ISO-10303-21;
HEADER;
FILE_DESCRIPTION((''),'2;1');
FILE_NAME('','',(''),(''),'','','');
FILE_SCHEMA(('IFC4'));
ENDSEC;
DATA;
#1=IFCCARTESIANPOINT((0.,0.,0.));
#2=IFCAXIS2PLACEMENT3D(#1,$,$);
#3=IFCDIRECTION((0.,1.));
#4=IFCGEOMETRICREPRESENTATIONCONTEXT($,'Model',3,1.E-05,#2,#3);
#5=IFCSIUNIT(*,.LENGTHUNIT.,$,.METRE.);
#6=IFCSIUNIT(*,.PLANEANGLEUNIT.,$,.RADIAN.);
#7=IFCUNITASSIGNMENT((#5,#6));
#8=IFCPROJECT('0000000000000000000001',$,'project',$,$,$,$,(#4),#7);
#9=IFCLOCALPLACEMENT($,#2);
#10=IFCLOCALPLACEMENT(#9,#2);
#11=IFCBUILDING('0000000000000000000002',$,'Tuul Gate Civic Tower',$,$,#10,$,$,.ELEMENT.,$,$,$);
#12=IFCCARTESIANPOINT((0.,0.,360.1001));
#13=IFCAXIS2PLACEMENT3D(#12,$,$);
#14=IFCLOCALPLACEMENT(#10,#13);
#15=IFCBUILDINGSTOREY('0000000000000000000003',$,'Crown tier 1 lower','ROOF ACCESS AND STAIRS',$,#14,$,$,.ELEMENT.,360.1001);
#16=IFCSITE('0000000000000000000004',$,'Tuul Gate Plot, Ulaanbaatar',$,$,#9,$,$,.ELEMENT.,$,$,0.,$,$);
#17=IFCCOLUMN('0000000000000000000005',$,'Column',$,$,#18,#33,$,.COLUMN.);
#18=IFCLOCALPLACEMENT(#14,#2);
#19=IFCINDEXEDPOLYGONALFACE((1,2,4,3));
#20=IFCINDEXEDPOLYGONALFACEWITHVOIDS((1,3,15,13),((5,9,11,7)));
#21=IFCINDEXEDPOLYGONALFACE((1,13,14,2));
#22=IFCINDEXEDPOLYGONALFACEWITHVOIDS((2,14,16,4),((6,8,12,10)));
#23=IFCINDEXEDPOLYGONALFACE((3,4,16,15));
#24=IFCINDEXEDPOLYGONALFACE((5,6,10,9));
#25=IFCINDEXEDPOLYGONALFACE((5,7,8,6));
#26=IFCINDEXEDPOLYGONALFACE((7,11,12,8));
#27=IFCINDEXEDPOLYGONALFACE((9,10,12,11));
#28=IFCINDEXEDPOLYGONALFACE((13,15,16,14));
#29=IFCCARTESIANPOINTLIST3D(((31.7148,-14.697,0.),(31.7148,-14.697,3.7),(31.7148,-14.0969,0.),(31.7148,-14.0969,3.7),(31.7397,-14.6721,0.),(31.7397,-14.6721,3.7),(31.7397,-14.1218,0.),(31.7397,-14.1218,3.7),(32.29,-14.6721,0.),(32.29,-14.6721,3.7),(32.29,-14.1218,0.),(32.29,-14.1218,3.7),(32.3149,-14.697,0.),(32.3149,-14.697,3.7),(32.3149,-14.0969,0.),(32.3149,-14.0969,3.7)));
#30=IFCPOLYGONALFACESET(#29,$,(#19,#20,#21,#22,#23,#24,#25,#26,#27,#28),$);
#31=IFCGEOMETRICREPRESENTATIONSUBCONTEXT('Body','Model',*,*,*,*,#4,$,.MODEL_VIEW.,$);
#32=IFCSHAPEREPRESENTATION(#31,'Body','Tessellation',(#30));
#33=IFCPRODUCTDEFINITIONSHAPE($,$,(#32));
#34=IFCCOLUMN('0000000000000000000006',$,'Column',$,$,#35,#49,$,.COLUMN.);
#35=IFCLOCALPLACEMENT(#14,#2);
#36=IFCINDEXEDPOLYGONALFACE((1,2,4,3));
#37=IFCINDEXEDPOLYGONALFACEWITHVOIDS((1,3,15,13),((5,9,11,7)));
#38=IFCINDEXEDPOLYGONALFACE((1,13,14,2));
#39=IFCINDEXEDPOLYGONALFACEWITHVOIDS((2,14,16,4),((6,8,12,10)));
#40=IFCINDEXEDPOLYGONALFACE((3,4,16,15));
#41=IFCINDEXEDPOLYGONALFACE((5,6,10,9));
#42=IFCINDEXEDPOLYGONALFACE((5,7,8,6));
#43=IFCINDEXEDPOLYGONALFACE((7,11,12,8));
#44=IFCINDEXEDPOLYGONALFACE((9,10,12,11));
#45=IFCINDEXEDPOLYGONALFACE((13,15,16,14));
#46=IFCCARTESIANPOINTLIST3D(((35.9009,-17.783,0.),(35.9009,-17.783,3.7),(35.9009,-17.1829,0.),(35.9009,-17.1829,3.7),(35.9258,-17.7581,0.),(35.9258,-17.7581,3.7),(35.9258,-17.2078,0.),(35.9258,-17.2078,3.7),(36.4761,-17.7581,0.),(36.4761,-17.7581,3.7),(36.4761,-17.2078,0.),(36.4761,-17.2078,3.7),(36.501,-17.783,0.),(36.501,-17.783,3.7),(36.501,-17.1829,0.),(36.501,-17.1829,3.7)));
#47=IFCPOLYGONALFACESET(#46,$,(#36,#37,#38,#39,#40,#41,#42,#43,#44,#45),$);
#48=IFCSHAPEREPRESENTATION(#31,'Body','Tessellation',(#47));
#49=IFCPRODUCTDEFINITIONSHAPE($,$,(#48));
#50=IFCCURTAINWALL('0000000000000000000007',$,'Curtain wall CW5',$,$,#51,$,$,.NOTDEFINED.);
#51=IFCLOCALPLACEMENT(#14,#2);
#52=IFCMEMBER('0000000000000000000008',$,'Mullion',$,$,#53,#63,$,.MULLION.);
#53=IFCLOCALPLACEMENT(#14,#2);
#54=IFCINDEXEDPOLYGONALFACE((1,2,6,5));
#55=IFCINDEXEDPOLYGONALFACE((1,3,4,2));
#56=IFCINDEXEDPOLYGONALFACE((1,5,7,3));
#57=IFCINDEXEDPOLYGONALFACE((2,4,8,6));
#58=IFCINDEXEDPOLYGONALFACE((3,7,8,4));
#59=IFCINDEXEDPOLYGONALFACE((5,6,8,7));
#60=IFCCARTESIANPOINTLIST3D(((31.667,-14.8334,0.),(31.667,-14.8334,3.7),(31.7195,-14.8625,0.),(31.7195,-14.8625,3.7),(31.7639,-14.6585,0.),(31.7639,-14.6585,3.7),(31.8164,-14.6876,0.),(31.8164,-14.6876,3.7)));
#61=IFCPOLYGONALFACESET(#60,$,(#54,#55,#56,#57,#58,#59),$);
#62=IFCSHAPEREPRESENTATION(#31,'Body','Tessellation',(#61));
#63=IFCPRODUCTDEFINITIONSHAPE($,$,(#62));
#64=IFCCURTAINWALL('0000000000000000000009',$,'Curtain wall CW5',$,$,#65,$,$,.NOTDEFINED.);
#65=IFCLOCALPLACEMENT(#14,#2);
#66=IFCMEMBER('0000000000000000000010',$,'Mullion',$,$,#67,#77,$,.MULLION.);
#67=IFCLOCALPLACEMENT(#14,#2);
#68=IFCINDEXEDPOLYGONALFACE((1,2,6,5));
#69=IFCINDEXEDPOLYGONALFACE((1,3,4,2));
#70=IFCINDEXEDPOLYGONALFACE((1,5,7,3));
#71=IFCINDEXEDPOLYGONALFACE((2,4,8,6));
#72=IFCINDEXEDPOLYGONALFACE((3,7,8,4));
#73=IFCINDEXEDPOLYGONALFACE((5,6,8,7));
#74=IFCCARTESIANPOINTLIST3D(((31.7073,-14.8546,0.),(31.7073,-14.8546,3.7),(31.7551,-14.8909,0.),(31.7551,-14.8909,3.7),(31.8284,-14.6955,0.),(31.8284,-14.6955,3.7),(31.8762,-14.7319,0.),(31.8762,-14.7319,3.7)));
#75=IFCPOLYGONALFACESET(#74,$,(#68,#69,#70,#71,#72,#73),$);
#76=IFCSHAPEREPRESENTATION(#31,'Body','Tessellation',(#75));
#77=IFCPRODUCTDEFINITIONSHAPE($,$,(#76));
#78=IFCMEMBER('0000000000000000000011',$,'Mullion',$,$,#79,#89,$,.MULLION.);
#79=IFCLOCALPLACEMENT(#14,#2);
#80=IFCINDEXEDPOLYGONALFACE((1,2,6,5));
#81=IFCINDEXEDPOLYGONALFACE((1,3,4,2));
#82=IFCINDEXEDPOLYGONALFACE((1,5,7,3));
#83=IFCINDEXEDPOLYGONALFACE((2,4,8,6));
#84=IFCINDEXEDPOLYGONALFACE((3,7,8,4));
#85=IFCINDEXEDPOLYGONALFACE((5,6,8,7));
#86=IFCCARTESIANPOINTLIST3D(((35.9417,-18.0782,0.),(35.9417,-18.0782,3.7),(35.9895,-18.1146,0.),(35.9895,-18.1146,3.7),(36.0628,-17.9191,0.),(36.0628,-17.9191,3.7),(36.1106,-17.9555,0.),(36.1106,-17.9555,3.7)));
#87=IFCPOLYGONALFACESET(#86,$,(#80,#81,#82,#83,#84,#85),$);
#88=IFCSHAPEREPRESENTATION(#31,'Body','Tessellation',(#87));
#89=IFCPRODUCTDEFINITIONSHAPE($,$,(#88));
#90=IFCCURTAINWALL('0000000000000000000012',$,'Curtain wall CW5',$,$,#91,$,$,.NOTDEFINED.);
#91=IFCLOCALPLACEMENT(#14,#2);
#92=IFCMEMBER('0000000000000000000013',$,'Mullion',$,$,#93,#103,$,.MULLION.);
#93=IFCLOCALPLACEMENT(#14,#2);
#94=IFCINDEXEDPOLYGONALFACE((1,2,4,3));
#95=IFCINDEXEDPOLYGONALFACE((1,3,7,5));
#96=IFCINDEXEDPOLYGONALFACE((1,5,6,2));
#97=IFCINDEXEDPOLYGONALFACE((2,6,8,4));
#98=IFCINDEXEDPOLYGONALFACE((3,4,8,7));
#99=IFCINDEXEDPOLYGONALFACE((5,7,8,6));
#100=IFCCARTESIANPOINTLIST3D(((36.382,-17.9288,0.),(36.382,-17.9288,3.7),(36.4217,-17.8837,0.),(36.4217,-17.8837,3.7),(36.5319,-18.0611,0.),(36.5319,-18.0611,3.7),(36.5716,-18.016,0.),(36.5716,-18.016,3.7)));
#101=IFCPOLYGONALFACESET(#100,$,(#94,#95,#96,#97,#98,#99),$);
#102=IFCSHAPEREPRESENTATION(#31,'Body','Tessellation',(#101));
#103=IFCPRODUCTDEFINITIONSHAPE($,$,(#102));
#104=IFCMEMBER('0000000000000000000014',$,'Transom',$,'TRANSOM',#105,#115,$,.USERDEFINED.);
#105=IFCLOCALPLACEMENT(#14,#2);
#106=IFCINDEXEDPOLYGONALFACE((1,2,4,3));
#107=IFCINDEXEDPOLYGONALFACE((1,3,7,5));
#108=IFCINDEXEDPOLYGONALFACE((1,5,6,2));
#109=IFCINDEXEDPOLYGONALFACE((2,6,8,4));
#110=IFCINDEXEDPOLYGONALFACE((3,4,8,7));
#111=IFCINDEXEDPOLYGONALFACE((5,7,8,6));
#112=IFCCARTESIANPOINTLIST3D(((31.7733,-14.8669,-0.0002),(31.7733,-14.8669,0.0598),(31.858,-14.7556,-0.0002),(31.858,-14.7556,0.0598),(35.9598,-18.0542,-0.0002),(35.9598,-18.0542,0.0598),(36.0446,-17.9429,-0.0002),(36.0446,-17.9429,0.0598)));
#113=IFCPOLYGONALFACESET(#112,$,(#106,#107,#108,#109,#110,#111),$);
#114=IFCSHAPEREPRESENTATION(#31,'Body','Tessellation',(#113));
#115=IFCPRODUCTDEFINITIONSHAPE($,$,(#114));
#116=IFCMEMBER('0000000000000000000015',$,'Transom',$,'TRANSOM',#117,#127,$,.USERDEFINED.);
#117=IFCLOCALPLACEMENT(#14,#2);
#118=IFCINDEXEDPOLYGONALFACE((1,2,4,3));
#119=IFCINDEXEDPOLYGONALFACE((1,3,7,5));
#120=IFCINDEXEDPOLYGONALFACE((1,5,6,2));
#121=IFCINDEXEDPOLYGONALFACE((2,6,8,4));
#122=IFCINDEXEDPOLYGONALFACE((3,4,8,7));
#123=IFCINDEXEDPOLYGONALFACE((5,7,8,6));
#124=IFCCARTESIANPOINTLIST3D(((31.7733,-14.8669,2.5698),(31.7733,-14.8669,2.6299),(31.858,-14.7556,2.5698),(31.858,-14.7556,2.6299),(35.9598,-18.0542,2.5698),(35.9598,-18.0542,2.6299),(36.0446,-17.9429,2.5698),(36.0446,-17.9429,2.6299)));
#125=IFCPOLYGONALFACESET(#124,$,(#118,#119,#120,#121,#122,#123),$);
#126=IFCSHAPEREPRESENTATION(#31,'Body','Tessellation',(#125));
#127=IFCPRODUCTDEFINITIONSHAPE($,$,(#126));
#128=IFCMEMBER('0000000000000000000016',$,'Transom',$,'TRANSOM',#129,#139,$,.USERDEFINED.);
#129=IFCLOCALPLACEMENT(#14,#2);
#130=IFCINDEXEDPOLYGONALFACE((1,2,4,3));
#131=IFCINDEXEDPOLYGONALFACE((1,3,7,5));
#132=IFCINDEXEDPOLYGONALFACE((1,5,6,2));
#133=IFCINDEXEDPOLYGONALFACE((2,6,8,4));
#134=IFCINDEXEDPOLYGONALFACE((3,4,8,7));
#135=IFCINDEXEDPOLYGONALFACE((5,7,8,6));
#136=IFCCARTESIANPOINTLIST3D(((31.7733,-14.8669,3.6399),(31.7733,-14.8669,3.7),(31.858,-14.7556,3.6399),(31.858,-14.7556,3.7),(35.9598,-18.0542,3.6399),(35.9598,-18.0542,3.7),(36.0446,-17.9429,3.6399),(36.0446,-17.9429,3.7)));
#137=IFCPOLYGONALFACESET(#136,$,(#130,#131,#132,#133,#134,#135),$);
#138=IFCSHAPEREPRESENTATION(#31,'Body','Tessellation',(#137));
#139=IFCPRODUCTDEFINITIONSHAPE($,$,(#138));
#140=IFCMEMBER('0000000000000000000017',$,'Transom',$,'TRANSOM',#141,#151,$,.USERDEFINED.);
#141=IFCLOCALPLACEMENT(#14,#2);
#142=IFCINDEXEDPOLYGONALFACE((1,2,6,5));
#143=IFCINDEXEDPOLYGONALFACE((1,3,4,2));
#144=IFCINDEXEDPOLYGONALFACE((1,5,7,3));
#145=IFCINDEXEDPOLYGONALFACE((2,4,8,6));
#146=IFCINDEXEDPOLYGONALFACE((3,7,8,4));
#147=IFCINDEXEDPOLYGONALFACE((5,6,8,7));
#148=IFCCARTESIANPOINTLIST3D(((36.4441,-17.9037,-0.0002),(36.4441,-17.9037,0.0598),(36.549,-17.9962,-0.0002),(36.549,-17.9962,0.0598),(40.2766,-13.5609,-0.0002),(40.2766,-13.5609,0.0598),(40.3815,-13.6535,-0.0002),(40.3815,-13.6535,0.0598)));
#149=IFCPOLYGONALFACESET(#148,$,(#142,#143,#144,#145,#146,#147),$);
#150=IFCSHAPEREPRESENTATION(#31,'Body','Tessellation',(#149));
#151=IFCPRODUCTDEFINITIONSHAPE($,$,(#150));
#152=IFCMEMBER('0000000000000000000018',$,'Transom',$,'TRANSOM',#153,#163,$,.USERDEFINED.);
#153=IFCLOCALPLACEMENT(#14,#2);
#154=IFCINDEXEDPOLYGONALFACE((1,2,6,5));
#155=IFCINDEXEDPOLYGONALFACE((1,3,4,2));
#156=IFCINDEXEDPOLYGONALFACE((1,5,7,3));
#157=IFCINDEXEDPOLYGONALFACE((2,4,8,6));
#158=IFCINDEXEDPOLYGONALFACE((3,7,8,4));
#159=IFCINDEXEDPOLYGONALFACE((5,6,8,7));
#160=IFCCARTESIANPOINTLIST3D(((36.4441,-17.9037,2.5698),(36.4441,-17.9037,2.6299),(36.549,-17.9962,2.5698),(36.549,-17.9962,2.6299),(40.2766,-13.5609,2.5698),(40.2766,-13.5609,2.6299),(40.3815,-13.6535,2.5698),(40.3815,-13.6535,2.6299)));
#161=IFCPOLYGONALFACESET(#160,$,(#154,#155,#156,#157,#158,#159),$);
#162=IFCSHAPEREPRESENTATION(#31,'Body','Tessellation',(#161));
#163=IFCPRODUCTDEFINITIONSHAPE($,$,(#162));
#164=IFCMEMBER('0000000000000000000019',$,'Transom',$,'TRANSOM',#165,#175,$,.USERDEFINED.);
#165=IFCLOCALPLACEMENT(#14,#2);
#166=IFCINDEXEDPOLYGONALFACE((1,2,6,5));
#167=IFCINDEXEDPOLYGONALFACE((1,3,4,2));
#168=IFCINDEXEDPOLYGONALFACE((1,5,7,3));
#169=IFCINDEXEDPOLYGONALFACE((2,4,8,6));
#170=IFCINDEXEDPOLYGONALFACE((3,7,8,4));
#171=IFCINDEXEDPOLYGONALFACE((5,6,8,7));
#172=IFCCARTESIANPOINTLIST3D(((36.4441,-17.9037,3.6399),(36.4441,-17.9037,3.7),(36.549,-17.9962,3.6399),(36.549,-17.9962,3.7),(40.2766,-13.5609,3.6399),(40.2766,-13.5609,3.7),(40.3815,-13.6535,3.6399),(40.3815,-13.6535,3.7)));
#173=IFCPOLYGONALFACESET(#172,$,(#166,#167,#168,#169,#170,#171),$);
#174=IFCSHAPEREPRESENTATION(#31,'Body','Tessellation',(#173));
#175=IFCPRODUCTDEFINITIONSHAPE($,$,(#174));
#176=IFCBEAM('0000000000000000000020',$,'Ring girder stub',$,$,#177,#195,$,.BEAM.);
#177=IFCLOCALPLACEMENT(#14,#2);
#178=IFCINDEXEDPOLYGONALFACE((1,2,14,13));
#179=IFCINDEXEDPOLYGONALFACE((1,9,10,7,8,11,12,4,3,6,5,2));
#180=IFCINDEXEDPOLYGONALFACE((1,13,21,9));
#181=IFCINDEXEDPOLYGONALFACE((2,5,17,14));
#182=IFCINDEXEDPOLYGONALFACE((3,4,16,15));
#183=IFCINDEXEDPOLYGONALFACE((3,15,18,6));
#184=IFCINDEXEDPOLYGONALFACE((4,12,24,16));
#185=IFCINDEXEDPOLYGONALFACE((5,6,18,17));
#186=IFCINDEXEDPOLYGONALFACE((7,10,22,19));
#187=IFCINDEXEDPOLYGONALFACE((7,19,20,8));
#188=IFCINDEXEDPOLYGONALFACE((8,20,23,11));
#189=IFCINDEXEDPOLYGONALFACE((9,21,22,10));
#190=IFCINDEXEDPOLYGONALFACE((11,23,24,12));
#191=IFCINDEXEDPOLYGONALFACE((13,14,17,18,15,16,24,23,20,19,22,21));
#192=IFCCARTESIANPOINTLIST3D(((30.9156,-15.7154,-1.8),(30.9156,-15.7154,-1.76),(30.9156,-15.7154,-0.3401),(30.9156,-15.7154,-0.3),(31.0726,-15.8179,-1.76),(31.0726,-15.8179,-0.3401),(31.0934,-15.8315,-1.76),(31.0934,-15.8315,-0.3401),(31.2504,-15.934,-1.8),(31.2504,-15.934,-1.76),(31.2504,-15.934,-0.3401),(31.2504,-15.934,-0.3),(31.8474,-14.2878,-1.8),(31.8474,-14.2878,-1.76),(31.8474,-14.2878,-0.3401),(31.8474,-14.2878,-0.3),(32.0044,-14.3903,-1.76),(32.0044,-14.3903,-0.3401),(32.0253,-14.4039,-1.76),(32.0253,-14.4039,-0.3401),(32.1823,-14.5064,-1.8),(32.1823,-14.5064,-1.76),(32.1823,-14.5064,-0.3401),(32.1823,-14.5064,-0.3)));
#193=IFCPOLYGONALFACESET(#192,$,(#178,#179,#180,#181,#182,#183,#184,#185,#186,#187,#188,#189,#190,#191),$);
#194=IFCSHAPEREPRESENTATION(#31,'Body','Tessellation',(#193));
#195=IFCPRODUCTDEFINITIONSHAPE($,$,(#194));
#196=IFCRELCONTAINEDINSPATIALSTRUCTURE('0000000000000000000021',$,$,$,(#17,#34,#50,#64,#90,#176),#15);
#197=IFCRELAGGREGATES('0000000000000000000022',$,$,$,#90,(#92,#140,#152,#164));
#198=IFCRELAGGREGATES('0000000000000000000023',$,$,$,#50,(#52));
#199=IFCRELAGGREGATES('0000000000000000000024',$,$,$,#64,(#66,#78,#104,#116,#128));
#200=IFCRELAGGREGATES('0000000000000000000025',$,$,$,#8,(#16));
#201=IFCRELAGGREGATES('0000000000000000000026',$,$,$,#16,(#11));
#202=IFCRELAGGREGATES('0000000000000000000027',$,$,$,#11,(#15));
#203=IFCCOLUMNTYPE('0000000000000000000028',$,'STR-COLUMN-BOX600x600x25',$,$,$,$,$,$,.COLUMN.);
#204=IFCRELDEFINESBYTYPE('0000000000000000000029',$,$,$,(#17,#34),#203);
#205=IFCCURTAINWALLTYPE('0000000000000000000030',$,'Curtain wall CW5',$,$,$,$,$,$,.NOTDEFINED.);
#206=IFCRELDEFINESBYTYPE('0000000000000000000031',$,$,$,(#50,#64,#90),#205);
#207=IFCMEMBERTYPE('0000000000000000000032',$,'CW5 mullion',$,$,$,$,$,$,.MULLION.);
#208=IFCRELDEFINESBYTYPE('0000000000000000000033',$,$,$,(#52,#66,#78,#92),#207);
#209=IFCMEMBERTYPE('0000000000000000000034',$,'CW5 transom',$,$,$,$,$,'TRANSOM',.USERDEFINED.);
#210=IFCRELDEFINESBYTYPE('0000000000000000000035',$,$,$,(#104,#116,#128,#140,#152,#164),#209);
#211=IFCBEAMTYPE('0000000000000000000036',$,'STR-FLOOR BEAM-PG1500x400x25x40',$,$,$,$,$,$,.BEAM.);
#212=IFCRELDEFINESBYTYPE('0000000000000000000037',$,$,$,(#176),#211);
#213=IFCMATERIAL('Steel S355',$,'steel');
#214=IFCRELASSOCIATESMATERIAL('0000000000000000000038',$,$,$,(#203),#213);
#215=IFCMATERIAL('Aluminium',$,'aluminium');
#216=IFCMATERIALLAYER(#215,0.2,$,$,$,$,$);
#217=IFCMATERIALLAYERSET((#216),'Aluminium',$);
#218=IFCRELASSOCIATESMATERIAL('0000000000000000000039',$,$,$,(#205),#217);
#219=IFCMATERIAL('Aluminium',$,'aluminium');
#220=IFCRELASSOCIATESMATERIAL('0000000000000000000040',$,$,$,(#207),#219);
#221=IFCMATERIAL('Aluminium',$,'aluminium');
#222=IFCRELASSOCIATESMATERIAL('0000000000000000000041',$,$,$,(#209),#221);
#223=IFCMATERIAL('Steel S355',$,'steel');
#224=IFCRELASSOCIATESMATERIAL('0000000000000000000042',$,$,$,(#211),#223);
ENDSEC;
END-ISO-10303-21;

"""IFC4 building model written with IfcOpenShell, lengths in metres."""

from ifc_helpers import new_model, si_unit, direction, frame, origin, origin_2d, place, context, subcontext, project, spatial, rectangle, hollow_rectangle, i_section, extrude, material, layer, layer_set, material_profile, profile_set, type_object, element, aggregate, save


model = new_model("IFC4")

# Units and contexts
model_context = context("Model", 3, precision=1e-05, world=origin(), true_north=direction((0.0, 1.0)))
body_context = subcontext(model_context, "Body", "Model", "MODEL_VIEW")
ifc_project = project(units=[si_unit("LENGTHUNIT", "METRE"), si_unit("PLANEANGLEUNIT", "RADIAN")], contexts=[model_context])

# Site, building, storey
site_placement = place(None, origin())
site = spatial("IfcSite", under=ifc_project, at=site_placement, Name="Tuul Gate Plot, Ulaanbaatar", CompositionType="ELEMENT", RefElevation=0.0)
building_placement = place(site_placement, origin())
building = spatial("IfcBuilding", under=site, at=building_placement, Name="Tuul Gate Civic Tower", CompositionType="ELEMENT")
storey_placement = place(building_placement, frame((0.0, 0.0, 360.1001)))
storey = spatial("IfcBuildingStorey", under=building, at=storey_placement, Name="Crown tier 1 lower", Description="ROOF ACCESS AND STAIRS", CompositionType="ELEMENT", Elevation=360.1001)

# Columns
ifc_material_1 = material(Name="Steel S355", Category="steel")
ifc_material_profile_1 = material_profile(ifc_material_1, hollow_rectangle(XDim=0.6001, YDim=0.6001, WallThickness=0.0249, at=origin_2d()), Name="BOX600x600x25")
ifc_profile_set_1 = profile_set([ifc_material_profile_1], Name="Steel S355")
column_type = type_object("IfcColumnType", Name="STR-COLUMN-BOX600x600x25", PredefinedType="COLUMN", material=ifc_profile_set_1)
for number, where, z_axis, x_axis, name in (
    (1, (32.0149, -14.397, 0.0), (0.0, 0.0, 1.0), (1.0, 0.0, 0.0), "Column"),
    (2, (36.2009, -17.4829, 0.0), (0.0, 0.0, 1.0), (1.0, 0.0, 0.0), "Column"),
):
    element("IfcColumn", number, at=place(storey_placement, frame(where, z_axis=z_axis, x_axis=x_axis)), inside=storey, type_object=column_type, Name=name, PredefinedType="COLUMN", context=body_context, shape_type="SweptSolid", body=[
        extrude(hollow_rectangle(XDim=0.6001, YDim=0.6001, WallThickness=0.0249, at=origin_2d()), origin(), (0.0, 0.0, 1.0), 3.7),
    ])

# Curtain wall, member
ifc_material_2 = material(Name="Aluminium", Category="aluminium")
ifc_layer_1 = layer(ifc_material_2, 0.2)
ifc_layer_set_1 = layer_set([ifc_layer_1], Name="Aluminium")
curtain_wall_type = type_object("IfcCurtainWallType", Name="Curtain wall CW5", PredefinedType="NOTDEFINED", material=ifc_layer_set_1)
curtain_wall_1_placement = place(storey_placement, origin())
curtain_wall_1 = element("IfcCurtainWall", 3, at=curtain_wall_1_placement, inside=storey, type_object=curtain_wall_type, Name="Curtain wall CW5", PredefinedType="NOTDEFINED")
ifc_material_3 = material(Name="Aluminium", Category="aluminium")
ifc_material_profile_2 = material_profile(ifc_material_3, rectangle(XDim=0.2, YDim=0.0601, at=origin_2d()), Name="CW5 mullion")
ifc_profile_set_2 = profile_set([ifc_material_profile_2], Name="Aluminium")
member_type_1 = type_object("IfcMemberType", Name="CW5 mullion", PredefinedType="MULLION", material=ifc_profile_set_2)
member_1_placement = place(storey_placement, frame((31.7417, -14.7605, 0.0), z_axis=(0.0, 0.0, 1.0), x_axis=(0.484784, 0.874634, 0.0)))
member_1 = element("IfcMember", 4, at=member_1_placement, type_object=member_type_1, Name="Mullion", PredefinedType="MULLION", context=body_context, shape_type="SweptSolid", body=[
    extrude(rectangle(XDim=0.2, YDim=0.0601, at=origin_2d()), origin(), (0.0, 0.0, 1.0), 3.7),
])

# Curtain wall, members
curtain_wall_2_placement = place(storey_placement, origin())
curtain_wall_2 = element("IfcCurtainWall", 5, at=curtain_wall_2_placement, inside=storey, type_object=curtain_wall_type, Name="Curtain wall CW5", PredefinedType="NOTDEFINED")
member_2_placement = place(storey_placement, frame((31.7917, -14.7932, 0.0), z_axis=(0.0, 0.0, 1.0), x_axis=(0.605752, 0.795653, 0.0)))
member_2 = element("IfcMember", 6, at=member_2_placement, type_object=member_type_1, Name="Mullion", PredefinedType="MULLION", context=body_context, shape_type="SweptSolid", body=[
    extrude(rectangle(XDim=0.2, YDim=0.0601, at=origin_2d()), origin(), (0.0, 0.0, 1.0), 3.7),
])
member_3_placement = place(storey_placement, frame((36.0261, -18.0168, 0.0), z_axis=(0.0, 0.0, 1.0), x_axis=(0.605752, 0.795653, 0.0)))
member_3 = element("IfcMember", 7, at=member_3_placement, type_object=member_type_1, Name="Mullion", PredefinedType="MULLION", context=body_context, shape_type="SweptSolid", body=[
    extrude(rectangle(XDim=0.2, YDim=0.0601, at=origin_2d()), origin(), (0.0, 0.0, 1.0), 3.7),
])

# Curtain wall, member
curtain_wall_3_placement = place(storey_placement, origin())
curtain_wall_3 = element("IfcCurtainWall", 8, at=curtain_wall_3_placement, inside=storey, type_object=curtain_wall_type, Name="Curtain wall CW5", PredefinedType="NOTDEFINED")
member_4_placement = place(storey_placement, frame((36.4768, -17.9724, 0.0), z_axis=(0.0, 0.0, 1.0), x_axis=(-0.749793, 0.661672, 0.0)))
member_4 = element("IfcMember", 9, at=member_4_placement, type_object=member_type_1, Name="Mullion", PredefinedType="MULLION", context=body_context, shape_type="SweptSolid", body=[
    extrude(rectangle(XDim=0.2, YDim=0.0601, at=origin_2d()), origin(), (0.0, 0.0, 1.0), 3.7),
])

# Members
ifc_material_4 = material(Name="Aluminium", Category="aluminium")
ifc_material_profile_3 = material_profile(ifc_material_4, rectangle(XDim=0.1399, YDim=0.0601, at=origin_2d()), Name="CW5 transom")
ifc_profile_set_3 = profile_set([ifc_material_profile_3], Name="Aluminium")
member_type_2 = type_object("IfcMemberType", Name="CW5 transom", ElementType="TRANSOM", PredefinedType="USERDEFINED", material=ifc_profile_set_3)
member_5_placement = place(storey_placement, frame((31.8157, -14.8113, 0.0298), z_axis=(0.795659, -0.605745, 0.0), x_axis=(0.605745, 0.795659, 0.0)))
member_5 = element("IfcMember", 10, at=member_5_placement, type_object=member_type_2, Name="Transom", ObjectType="TRANSOM", PredefinedType="USERDEFINED", context=body_context, shape_type="SweptSolid", body=[
    extrude(rectangle(XDim=0.1399, YDim=0.0601, at=origin_2d()), origin(), (0.0, 0.0, 1.0), 5.2617),
])
member_6_placement = place(storey_placement, frame((31.8157, -14.8113, 2.5999), z_axis=(0.795659, -0.605745, 0.0), x_axis=(0.605745, 0.795659, 0.0)))
member_6 = element("IfcMember", 11, at=member_6_placement, type_object=member_type_2, Name="Transom", ObjectType="TRANSOM", PredefinedType="USERDEFINED", context=body_context, shape_type="SweptSolid", body=[
    extrude(rectangle(XDim=0.1399, YDim=0.0601, at=origin_2d()), origin(), (0.0, 0.0, 1.0), 5.2617),
])
member_7_placement = place(storey_placement, frame((31.8157, -14.8113, 3.6699), z_axis=(0.795659, -0.605745, 0.0), x_axis=(0.605745, 0.795659, 0.0)))
member_7 = element("IfcMember", 12, at=member_7_placement, type_object=member_type_2, Name="Transom", ObjectType="TRANSOM", PredefinedType="USERDEFINED", context=body_context, shape_type="SweptSolid", body=[
    extrude(rectangle(XDim=0.1399, YDim=0.0601, at=origin_2d()), origin(), (0.0, 0.0, 1.0), 5.2617),
])
member_8_placement = place(storey_placement, frame((36.4966, -17.95, 0.0298), z_axis=(0.661686, 0.749781, 0.0), x_axis=(-0.749781, 0.661686, 0.0)))
member_8 = element("IfcMember", 13, at=member_8_placement, type_object=member_type_2, Name="Transom", ObjectType="TRANSOM", PredefinedType="USERDEFINED", context=body_context, shape_type="SweptSolid", body=[
    extrude(rectangle(XDim=0.1399, YDim=0.0601, at=origin_2d()), origin(), (0.0, 0.0, 1.0), 5.792),
])
member_9_placement = place(storey_placement, frame((36.4966, -17.95, 2.5999), z_axis=(0.661686, 0.749781, 0.0), x_axis=(-0.749781, 0.661686, 0.0)))
member_9 = element("IfcMember", 14, at=member_9_placement, type_object=member_type_2, Name="Transom", ObjectType="TRANSOM", PredefinedType="USERDEFINED", context=body_context, shape_type="SweptSolid", body=[
    extrude(rectangle(XDim=0.1399, YDim=0.0601, at=origin_2d()), origin(), (0.0, 0.0, 1.0), 5.792),
])
member_10_placement = place(storey_placement, frame((36.4966, -17.95, 3.6699), z_axis=(0.661686, 0.749781, 0.0), x_axis=(-0.749781, 0.661686, 0.0)))
member_10 = element("IfcMember", 15, at=member_10_placement, type_object=member_type_2, Name="Transom", ObjectType="TRANSOM", PredefinedType="USERDEFINED", context=body_context, shape_type="SweptSolid", body=[
    extrude(rectangle(XDim=0.1399, YDim=0.0601, at=origin_2d()), origin(), (0.0, 0.0, 1.0), 5.792),
])
aggregate(curtain_wall_3, [member_4, member_8, member_9, member_10])

# Beam
ifc_material_5 = material(Name="Steel S355", Category="steel")
ifc_material_profile_4 = material_profile(ifc_material_5, i_section(OverallWidth=0.3999, OverallDepth=1.5, WebThickness=0.0249, FlangeThickness=0.04, at=origin_2d()), Name="PG1500x400x25x40")
ifc_profile_set_4 = profile_set([ifc_material_profile_4], Name="Steel S355")
beam_type_1 = type_object("IfcBeamType", Name="STR-FLOOR BEAM-PG1500x400x25x40", PredefinedType="BEAM", material=ifc_profile_set_4)
beam_1_placement = place(storey_placement, frame((31.083, -15.8247, -1.05), z_axis=(0.546578, 0.837408, 0.0), x_axis=(-0.837408, 0.546578, 0.0)))
element("IfcBeam", 16, at=beam_1_placement, inside=storey, type_object=beam_type_1, Name="Ring girder stub", PredefinedType="BEAM", context=body_context, shape_type="SweptSolid", body=[
    extrude(i_section(OverallWidth=0.3999, OverallDepth=1.5, WebThickness=0.0249, FlangeThickness=0.04, at=origin_2d()), origin(), (0.0, 0.0, 1.0), 1.7048),
])

aggregate(curtain_wall_1, [member_1])
aggregate(curtain_wall_2, [member_2, member_3, member_5, member_6, member_7])

save(model, "model.ifc")
